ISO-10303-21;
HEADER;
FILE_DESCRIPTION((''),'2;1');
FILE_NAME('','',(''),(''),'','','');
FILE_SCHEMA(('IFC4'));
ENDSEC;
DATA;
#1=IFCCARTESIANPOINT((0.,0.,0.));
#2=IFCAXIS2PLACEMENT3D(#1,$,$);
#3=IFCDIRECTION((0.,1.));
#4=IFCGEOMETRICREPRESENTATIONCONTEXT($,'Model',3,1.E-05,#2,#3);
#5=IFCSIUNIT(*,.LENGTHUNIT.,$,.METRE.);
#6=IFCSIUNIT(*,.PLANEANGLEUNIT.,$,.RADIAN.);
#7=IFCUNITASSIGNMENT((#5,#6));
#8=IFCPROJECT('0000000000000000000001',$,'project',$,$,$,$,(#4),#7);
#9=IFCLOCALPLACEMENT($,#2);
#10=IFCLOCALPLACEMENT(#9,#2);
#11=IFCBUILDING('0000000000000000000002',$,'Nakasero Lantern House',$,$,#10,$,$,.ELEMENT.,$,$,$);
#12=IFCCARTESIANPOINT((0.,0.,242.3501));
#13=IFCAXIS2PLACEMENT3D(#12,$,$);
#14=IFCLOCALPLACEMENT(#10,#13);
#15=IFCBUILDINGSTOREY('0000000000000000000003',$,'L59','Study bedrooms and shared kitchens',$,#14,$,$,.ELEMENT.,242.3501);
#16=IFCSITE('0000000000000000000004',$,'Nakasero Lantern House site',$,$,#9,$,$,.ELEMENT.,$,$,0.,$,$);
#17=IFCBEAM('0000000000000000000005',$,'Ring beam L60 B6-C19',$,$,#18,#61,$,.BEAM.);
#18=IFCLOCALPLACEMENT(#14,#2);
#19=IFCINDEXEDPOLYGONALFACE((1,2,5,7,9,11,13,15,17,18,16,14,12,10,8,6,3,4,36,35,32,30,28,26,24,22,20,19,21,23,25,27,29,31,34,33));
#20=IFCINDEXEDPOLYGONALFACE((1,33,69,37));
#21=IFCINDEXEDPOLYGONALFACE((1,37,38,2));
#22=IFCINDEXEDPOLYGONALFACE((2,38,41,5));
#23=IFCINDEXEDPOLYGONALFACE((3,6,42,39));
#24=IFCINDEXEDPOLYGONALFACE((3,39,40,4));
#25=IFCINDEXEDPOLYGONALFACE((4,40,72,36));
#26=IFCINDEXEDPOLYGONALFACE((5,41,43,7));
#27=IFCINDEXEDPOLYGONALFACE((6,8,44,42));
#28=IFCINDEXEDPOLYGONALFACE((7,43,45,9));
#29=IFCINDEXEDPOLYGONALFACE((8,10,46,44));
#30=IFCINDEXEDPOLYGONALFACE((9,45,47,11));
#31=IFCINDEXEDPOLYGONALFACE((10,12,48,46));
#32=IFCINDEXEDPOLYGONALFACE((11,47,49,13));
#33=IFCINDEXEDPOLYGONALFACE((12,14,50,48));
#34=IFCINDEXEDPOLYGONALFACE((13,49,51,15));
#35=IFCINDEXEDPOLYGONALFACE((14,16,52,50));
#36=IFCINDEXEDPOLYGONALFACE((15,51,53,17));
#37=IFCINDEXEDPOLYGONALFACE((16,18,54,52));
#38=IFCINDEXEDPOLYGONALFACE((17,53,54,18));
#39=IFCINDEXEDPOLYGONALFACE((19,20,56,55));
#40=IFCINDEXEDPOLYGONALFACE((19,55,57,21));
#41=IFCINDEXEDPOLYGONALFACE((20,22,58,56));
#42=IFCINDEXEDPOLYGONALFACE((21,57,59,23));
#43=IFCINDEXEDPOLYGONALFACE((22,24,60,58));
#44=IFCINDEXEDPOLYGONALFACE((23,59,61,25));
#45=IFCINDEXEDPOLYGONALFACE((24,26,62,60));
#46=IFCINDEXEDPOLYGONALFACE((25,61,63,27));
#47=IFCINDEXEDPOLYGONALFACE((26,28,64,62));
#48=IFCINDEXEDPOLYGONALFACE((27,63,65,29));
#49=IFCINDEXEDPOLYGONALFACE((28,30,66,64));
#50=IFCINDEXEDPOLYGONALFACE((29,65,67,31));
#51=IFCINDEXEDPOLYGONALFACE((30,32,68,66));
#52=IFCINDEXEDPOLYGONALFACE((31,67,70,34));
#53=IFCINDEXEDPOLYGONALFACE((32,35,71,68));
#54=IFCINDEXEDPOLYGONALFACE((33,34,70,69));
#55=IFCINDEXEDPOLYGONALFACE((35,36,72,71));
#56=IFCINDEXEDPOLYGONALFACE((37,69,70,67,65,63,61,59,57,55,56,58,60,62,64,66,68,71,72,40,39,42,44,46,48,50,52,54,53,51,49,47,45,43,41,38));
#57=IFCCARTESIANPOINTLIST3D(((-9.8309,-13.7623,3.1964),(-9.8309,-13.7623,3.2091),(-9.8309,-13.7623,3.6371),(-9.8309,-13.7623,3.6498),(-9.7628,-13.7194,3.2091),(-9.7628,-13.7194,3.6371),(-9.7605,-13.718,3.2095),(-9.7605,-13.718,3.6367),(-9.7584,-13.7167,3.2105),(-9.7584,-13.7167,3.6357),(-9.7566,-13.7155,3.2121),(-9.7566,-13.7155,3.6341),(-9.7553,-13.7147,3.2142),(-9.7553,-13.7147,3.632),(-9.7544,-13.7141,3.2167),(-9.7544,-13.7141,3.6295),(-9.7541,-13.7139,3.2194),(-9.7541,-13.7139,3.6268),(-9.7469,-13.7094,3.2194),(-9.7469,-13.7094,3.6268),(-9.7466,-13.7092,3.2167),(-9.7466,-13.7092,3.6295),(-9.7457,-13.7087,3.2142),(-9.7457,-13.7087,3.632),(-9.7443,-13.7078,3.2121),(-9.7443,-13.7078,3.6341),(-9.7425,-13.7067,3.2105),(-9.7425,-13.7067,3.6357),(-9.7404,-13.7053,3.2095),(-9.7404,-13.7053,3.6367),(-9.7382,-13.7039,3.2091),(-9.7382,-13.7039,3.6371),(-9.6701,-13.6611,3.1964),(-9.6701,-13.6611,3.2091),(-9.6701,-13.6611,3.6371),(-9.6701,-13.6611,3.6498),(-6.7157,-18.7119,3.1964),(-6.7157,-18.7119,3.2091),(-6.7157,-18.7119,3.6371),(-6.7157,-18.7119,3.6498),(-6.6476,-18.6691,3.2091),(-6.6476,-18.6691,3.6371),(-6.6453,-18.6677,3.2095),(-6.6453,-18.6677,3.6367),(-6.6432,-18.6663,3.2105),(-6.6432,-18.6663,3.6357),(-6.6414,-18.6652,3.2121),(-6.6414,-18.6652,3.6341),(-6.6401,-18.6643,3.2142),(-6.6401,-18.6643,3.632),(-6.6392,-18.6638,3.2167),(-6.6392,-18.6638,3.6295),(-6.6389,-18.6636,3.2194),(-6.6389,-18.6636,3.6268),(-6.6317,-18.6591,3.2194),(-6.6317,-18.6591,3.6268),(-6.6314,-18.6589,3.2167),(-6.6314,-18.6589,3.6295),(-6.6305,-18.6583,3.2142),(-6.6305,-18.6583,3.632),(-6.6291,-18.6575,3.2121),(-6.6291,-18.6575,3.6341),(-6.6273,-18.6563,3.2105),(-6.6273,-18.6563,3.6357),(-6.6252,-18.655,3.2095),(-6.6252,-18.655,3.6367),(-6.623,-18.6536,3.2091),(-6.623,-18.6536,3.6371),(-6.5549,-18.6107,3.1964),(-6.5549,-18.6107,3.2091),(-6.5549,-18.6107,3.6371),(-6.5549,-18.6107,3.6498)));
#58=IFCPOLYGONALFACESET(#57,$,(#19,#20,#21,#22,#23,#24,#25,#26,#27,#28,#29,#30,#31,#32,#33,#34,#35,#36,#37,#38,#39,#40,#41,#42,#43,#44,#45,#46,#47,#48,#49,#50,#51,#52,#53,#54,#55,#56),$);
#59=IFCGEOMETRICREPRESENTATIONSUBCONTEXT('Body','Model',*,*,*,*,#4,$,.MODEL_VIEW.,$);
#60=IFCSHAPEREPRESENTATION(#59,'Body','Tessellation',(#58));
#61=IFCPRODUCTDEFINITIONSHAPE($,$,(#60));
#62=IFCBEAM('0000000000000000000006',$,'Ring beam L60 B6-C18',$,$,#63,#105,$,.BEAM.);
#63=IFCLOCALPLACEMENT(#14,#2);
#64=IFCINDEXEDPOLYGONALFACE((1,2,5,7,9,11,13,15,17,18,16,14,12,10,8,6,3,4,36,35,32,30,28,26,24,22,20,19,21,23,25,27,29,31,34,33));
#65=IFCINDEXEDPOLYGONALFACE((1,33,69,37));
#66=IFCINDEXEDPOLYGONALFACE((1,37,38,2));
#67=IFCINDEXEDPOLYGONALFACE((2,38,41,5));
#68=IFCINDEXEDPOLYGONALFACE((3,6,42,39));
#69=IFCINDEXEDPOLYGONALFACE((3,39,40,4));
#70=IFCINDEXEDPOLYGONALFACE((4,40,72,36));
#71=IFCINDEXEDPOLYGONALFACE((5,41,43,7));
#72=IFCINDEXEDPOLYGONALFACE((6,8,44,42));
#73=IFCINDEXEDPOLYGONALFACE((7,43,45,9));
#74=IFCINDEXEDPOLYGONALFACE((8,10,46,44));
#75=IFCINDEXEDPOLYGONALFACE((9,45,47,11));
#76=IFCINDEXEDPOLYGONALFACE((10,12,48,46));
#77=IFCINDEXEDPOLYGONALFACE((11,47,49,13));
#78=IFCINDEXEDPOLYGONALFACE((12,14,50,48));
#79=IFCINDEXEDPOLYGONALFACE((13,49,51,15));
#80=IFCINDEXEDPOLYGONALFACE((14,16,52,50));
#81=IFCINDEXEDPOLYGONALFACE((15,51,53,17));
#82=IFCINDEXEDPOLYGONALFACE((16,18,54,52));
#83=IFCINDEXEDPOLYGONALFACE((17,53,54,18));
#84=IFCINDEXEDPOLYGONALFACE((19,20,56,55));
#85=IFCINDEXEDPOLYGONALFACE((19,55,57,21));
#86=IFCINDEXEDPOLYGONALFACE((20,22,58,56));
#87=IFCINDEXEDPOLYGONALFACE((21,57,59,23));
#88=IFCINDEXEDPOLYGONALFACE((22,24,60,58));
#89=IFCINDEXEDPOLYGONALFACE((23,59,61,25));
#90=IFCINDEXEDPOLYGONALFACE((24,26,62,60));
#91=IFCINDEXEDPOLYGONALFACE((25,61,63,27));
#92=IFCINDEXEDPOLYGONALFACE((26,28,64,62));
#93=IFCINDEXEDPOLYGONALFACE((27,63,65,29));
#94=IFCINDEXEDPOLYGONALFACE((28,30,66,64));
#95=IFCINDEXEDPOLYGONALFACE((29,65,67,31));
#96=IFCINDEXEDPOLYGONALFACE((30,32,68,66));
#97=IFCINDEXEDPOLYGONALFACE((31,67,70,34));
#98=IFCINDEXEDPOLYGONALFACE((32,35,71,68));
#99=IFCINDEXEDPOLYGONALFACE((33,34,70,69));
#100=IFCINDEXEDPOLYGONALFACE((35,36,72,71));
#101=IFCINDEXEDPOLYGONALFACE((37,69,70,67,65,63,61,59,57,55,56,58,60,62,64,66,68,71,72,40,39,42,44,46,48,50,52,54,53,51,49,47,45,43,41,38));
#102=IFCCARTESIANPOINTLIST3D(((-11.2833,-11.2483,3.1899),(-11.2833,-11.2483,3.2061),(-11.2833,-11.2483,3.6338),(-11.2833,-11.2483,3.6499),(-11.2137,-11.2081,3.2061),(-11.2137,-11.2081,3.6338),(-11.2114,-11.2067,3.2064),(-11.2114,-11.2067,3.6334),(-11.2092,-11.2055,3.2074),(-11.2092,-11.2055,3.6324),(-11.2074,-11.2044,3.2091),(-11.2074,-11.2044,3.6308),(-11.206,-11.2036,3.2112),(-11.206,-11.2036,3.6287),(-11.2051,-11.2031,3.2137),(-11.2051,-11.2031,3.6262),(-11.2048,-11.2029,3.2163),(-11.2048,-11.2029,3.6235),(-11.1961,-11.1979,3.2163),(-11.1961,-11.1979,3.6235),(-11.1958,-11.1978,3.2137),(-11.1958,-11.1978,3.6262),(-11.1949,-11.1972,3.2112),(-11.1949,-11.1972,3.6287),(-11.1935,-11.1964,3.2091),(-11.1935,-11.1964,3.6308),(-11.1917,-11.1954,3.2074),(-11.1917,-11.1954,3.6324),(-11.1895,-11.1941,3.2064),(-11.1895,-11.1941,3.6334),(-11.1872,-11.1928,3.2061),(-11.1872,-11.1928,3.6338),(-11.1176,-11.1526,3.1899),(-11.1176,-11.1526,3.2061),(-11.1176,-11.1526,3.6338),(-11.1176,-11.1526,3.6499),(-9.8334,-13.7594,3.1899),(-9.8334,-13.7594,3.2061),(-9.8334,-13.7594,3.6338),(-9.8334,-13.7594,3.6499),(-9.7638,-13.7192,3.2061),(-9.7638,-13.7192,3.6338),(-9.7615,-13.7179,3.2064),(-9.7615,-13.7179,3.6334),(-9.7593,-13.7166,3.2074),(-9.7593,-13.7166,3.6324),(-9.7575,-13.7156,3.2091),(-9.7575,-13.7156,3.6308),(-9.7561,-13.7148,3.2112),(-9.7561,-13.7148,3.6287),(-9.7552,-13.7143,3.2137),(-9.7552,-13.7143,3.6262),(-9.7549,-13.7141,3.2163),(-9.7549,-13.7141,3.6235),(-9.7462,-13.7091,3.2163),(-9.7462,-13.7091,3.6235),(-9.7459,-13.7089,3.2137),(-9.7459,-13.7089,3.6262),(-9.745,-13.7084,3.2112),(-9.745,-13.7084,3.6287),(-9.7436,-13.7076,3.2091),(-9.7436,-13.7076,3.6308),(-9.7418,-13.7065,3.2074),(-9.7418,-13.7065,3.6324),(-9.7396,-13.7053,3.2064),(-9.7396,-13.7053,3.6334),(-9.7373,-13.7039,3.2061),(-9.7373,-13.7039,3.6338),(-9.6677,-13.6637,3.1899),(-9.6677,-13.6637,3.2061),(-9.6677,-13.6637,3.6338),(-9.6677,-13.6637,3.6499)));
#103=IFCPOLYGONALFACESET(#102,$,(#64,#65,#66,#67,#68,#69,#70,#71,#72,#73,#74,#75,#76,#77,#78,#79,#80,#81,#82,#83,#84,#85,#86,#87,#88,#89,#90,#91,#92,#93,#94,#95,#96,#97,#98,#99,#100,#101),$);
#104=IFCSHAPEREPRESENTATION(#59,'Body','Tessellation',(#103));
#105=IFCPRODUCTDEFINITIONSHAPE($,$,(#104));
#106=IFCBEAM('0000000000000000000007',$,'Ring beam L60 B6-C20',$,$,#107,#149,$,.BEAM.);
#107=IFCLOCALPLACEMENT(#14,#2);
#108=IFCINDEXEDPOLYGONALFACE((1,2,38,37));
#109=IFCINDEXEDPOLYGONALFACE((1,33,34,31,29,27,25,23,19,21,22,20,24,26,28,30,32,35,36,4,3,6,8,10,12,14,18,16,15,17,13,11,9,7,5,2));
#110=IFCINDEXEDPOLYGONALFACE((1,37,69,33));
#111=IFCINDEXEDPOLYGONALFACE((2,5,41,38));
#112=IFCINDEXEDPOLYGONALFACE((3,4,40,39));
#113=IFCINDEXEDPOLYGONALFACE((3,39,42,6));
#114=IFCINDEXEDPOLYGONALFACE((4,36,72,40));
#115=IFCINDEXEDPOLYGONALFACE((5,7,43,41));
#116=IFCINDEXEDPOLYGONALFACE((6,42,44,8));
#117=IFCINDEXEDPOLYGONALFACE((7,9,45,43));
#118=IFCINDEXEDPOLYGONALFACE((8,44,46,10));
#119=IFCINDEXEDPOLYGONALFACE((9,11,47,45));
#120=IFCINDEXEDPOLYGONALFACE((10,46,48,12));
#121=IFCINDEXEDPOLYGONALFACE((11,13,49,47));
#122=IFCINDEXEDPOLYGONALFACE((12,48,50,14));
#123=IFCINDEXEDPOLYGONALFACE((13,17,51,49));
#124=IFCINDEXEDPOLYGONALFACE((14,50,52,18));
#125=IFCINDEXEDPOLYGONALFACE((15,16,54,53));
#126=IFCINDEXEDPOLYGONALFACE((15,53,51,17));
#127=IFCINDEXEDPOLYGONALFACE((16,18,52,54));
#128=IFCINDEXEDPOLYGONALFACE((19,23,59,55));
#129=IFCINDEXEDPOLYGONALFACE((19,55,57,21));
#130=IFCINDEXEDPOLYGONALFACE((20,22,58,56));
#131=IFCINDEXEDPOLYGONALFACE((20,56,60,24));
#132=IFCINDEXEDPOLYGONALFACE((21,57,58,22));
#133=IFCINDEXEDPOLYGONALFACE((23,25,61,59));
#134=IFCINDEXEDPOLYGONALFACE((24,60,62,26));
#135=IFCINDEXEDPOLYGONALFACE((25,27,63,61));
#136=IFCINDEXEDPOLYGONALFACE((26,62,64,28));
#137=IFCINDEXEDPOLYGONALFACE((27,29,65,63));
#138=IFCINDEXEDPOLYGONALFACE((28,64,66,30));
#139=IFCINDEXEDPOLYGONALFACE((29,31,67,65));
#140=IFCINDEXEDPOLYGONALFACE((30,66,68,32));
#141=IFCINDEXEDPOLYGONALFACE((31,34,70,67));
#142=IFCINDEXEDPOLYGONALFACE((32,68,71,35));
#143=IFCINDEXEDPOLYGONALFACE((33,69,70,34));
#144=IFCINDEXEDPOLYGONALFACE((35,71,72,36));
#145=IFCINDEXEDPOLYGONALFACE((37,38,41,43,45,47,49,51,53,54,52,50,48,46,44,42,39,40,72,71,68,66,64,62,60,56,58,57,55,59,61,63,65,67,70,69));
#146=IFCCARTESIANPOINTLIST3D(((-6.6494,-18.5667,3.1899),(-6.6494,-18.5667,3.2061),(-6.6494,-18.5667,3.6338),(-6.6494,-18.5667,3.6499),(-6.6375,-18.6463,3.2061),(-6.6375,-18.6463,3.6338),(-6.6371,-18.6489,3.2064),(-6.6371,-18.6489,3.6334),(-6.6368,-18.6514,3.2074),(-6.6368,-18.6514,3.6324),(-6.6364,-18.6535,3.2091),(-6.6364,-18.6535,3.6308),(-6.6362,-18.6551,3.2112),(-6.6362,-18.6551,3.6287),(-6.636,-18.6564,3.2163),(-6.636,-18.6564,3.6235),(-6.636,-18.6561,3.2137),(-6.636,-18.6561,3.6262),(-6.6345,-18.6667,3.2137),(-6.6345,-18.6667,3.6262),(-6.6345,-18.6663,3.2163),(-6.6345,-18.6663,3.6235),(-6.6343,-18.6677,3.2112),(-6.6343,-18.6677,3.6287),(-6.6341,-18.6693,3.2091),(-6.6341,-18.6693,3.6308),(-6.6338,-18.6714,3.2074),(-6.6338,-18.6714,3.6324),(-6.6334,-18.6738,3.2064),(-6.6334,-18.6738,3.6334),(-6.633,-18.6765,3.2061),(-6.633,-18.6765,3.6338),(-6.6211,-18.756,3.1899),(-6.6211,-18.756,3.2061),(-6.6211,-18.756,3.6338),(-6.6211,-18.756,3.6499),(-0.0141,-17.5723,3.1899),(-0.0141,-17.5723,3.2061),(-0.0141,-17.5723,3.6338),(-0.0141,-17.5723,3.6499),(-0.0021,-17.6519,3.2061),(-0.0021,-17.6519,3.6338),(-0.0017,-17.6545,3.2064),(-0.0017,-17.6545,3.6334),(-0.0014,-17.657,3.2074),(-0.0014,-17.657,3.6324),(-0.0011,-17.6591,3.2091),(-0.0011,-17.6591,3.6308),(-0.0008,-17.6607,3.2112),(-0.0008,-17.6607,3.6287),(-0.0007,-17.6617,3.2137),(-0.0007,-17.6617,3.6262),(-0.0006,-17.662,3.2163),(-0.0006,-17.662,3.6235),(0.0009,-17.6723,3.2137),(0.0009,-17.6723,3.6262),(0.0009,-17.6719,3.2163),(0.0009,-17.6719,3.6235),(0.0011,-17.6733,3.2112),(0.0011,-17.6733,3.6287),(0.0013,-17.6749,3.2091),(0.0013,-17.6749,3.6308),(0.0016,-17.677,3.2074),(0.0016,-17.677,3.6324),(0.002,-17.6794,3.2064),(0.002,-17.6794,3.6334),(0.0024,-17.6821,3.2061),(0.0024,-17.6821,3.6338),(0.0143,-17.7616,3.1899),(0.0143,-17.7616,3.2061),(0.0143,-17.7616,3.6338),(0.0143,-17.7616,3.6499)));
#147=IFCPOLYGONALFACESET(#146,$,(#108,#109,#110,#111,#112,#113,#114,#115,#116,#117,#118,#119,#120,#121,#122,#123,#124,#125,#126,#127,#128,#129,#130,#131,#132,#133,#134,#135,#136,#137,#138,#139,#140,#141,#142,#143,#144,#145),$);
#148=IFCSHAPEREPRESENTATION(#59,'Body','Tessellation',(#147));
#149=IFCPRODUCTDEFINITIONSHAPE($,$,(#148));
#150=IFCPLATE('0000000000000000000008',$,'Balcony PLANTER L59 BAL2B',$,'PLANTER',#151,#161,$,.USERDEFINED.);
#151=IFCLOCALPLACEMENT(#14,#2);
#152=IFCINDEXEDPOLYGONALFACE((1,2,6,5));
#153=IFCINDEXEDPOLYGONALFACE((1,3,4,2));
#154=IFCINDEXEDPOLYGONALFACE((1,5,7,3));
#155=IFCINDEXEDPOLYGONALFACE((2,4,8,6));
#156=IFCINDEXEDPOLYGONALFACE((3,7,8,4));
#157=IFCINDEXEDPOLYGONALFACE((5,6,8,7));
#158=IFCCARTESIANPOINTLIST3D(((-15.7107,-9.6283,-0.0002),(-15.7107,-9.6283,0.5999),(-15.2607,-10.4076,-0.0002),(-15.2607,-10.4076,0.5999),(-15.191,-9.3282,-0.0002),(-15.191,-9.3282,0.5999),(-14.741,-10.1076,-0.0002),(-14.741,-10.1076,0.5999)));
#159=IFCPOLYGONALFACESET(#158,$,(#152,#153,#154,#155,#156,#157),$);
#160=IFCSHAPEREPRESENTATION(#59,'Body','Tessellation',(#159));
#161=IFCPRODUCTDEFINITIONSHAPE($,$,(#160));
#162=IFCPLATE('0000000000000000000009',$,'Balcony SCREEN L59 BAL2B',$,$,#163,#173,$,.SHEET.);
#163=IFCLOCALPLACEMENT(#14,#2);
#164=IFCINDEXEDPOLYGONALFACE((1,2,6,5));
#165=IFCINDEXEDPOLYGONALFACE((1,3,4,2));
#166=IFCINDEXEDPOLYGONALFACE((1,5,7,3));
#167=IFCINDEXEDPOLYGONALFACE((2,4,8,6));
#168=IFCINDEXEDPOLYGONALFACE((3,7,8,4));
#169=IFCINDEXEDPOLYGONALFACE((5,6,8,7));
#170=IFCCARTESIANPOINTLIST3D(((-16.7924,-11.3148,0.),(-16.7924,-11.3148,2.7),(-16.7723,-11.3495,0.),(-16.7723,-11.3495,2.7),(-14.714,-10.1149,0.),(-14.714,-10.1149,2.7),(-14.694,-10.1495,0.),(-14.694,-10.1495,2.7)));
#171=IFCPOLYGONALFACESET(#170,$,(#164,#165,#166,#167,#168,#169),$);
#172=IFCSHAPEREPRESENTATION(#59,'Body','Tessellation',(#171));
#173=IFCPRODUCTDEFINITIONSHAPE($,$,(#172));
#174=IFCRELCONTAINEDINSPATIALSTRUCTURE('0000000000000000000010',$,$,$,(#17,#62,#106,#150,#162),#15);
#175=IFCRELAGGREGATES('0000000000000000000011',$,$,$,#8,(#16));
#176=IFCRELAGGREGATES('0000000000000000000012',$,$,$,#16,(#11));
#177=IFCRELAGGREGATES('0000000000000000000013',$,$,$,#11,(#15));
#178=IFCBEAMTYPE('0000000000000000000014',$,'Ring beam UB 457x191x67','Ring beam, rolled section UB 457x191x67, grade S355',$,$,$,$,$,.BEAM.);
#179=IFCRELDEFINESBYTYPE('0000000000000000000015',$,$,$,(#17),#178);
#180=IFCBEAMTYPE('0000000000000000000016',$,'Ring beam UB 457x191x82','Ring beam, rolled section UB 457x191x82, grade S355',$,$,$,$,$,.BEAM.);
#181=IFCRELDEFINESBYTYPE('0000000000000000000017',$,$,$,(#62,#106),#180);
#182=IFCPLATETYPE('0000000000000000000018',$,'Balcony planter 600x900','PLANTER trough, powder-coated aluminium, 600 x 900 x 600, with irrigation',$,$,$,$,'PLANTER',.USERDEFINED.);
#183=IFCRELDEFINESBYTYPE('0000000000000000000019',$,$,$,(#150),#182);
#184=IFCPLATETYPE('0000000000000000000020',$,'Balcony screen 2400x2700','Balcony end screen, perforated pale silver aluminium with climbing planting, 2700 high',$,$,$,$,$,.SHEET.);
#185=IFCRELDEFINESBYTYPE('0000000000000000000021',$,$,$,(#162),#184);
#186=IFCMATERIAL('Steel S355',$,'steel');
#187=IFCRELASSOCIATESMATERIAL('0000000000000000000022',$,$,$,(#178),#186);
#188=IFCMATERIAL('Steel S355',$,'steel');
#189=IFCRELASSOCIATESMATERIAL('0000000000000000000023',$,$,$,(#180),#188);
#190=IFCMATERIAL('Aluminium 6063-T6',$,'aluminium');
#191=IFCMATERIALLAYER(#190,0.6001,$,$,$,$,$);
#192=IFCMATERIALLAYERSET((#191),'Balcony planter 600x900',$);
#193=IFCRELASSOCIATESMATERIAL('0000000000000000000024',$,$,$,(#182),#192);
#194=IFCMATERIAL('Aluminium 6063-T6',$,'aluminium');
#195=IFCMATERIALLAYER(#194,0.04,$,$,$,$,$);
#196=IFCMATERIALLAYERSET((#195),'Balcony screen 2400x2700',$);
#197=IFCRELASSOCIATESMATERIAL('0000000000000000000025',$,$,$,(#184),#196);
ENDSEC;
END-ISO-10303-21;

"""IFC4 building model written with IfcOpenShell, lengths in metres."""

from ifc_helpers import new_model, si_unit, direction, frame, origin, origin_2d, place, context, subcontext, project, spatial, rectangle, i_section, extrude, material, layer, layer_set, material_profile, profile_set, type_object, element, save


model = new_model("IFC4")

# Units and contexts
model_context = context("Model", 3, precision=1e-05, world=origin(), true_north=direction((0.0, 1.0)))
body_context = subcontext(model_context, "Body", "Model", "MODEL_VIEW")
ifc_project = project(units=[si_unit("LENGTHUNIT", "METRE"), si_unit("PLANEANGLEUNIT", "RADIAN")], contexts=[model_context])

# Site, building, storey
site_placement = place(None, origin())
site = spatial("IfcSite", under=ifc_project, at=site_placement, Name="Nakasero Lantern House site", CompositionType="ELEMENT", RefElevation=0.0)
building_placement = place(site_placement, origin())
building = spatial("IfcBuilding", under=site, at=building_placement, Name="Nakasero Lantern House", CompositionType="ELEMENT")
storey_placement = place(building_placement, frame((0.0, 0.0, 242.3501)))
storey = spatial("IfcBuildingStorey", under=building, at=storey_placement, Name="L59", Description="Study bedrooms and shared kitchens", CompositionType="ELEMENT", Elevation=242.3501)

# Beams
ifc_material_1 = material(Name="Steel S355", Category="steel")
ifc_material_profile_1 = material_profile(ifc_material_1, i_section(OverallWidth=0.1899, OverallDepth=0.4534, WebThickness=0.0085, FlangeThickness=0.0127, FilletRadius=0.0103, at=origin_2d()), Name="UB 457x191x67")
ifc_profile_set_1 = profile_set([ifc_material_profile_1], Name="Steel S355")
beam_type_1 = type_object("IfcBeamType", Name="Ring beam UB 457x191x67", Description="Ring beam, rolled section UB 457x191x67, grade S355", PredefinedType="BEAM", material=ifc_profile_set_1)
beam_1_placement = place(storey_placement, frame((-9.7505, -13.7117, 3.4231), z_axis=(0.53266, -0.846329, 0.0), x_axis=(0.846329, 0.53266, 0.0)))
element("IfcBeam", 1, at=beam_1_placement, inside=storey, type_object=beam_type_1, Name="Ring beam L60 B6-C19", PredefinedType="BEAM", context=body_context, shape_type="SweptSolid", body=[
    extrude(i_section(OverallWidth=0.1899, OverallDepth=0.4534, WebThickness=0.0085, FlangeThickness=0.0127, FilletRadius=0.0103, at=origin_2d()), origin(), (0.0, 0.0, 1.0), 5.8484),
])
ifc_material_2 = material(Name="Steel S355", Category="steel")
ifc_material_profile_2 = material_profile(ifc_material_2, i_section(OverallWidth=0.1914, OverallDepth=0.46, WebThickness=0.01, FlangeThickness=0.0161, FilletRadius=0.0103, at=origin_2d()), Name="UB 457x191x82")
ifc_profile_set_2 = profile_set([ifc_material_profile_2], Name="Steel S355")
beam_type_2 = type_object("IfcBeamType", Name="Ring beam UB 457x191x82", Description="Ring beam, rolled section UB 457x191x82, grade S355", PredefinedType="BEAM", material=ifc_profile_set_2)
beam_2_placement = place(storey_placement, frame((-11.2004, -11.2004, 3.4199), z_axis=(0.500024, -0.866012, 0.0), x_axis=(0.866012, 0.500024, 0.0)))
element("IfcBeam", 2, at=beam_2_placement, inside=storey, type_object=beam_type_2, Name="Ring beam L60 B6-C18", PredefinedType="BEAM", context=body_context, shape_type="SweptSolid", body=[
    extrude(i_section(OverallWidth=0.1914, OverallDepth=0.46, WebThickness=0.01, FlangeThickness=0.0161, FilletRadius=0.0103, at=origin_2d()), origin(), (0.0, 0.0, 1.0), 2.8997),
])
beam_3_placement = place(storey_placement, frame((-6.6353, -18.6614, 3.4199), z_axis=(0.988956, 0.148209, 0.0), x_axis=(-0.148209, 0.988956, 0.0)))
element("IfcBeam", 3, at=beam_3_placement, inside=storey, type_object=beam_type_2, Name="Ring beam L60 B6-C20", PredefinedType="BEAM", context=body_context, shape_type="SweptSolid", body=[
    extrude(i_section(OverallWidth=0.1914, OverallDepth=0.46, WebThickness=0.01, FlangeThickness=0.0161, FilletRadius=0.0103, at=origin_2d()), origin(), (0.0, 0.0, 1.0), 6.7095),
])

# Plates
ifc_material_3 = material(Name="Aluminium 6063-T6", Category="aluminium")
ifc_layer_1 = layer(ifc_material_3, 0.6001)
ifc_layer_set_1 = layer_set([ifc_layer_1], Name="Balcony planter 600x900")
plate_type_1 = type_object("IfcPlateType", Name="Balcony planter 600x900", Description="PLANTER trough, powder-coated aluminium, 600 x 900 x 600, with irrigation", ElementType="PLANTER", PredefinedType="USERDEFINED", material=ifc_layer_set_1)
plate_1_placement = place(storey_placement, frame((-15.2258, -9.8679, -0.0002), z_axis=(0.0, 0.0, 1.0), x_axis=(-0.866025, -0.5, 0.0)))
element("IfcPlate", 4, at=plate_1_placement, inside=storey, type_object=plate_type_1, Name="Balcony PLANTER L59 BAL2B", ObjectType="PLANTER", PredefinedType="USERDEFINED", context=body_context, shape_type="SweptSolid", body=[
    extrude(rectangle(XDim=0.6001, YDim=0.8999, at=origin_2d()), origin(), (0.0, 0.0, 1.0), 0.6001),
])
ifc_material_4 = material(Name="Aluminium 6063-T6", Category="aluminium")
ifc_layer_2 = layer(ifc_material_4, 0.04)
ifc_layer_set_2 = layer_set([ifc_layer_2], Name="Balcony screen 2400x2700")
plate_type_2 = type_object("IfcPlateType", Name="Balcony screen 2400x2700", Description="Balcony end screen, perforated pale silver aluminium with climbing planting, 2700 high", PredefinedType="SHEET", material=ifc_layer_set_2)
plate_2_placement = place(storey_placement, frame((-15.7432, -10.7322, 0.0), z_axis=(0.0, 0.0, 1.0), x_axis=(-0.866025, -0.5, 0.0)))
element("IfcPlate", 5, at=plate_2_placement, inside=storey, type_object=plate_type_2, Name="Balcony SCREEN L59 BAL2B", PredefinedType="SHEET", context=body_context, shape_type="SweptSolid", body=[
    extrude(rectangle(XDim=2.3999, YDim=0.04, at=origin_2d()), origin(), (0.0, 0.0, 1.0), 2.7),
])

save(model, "model.ifc")
